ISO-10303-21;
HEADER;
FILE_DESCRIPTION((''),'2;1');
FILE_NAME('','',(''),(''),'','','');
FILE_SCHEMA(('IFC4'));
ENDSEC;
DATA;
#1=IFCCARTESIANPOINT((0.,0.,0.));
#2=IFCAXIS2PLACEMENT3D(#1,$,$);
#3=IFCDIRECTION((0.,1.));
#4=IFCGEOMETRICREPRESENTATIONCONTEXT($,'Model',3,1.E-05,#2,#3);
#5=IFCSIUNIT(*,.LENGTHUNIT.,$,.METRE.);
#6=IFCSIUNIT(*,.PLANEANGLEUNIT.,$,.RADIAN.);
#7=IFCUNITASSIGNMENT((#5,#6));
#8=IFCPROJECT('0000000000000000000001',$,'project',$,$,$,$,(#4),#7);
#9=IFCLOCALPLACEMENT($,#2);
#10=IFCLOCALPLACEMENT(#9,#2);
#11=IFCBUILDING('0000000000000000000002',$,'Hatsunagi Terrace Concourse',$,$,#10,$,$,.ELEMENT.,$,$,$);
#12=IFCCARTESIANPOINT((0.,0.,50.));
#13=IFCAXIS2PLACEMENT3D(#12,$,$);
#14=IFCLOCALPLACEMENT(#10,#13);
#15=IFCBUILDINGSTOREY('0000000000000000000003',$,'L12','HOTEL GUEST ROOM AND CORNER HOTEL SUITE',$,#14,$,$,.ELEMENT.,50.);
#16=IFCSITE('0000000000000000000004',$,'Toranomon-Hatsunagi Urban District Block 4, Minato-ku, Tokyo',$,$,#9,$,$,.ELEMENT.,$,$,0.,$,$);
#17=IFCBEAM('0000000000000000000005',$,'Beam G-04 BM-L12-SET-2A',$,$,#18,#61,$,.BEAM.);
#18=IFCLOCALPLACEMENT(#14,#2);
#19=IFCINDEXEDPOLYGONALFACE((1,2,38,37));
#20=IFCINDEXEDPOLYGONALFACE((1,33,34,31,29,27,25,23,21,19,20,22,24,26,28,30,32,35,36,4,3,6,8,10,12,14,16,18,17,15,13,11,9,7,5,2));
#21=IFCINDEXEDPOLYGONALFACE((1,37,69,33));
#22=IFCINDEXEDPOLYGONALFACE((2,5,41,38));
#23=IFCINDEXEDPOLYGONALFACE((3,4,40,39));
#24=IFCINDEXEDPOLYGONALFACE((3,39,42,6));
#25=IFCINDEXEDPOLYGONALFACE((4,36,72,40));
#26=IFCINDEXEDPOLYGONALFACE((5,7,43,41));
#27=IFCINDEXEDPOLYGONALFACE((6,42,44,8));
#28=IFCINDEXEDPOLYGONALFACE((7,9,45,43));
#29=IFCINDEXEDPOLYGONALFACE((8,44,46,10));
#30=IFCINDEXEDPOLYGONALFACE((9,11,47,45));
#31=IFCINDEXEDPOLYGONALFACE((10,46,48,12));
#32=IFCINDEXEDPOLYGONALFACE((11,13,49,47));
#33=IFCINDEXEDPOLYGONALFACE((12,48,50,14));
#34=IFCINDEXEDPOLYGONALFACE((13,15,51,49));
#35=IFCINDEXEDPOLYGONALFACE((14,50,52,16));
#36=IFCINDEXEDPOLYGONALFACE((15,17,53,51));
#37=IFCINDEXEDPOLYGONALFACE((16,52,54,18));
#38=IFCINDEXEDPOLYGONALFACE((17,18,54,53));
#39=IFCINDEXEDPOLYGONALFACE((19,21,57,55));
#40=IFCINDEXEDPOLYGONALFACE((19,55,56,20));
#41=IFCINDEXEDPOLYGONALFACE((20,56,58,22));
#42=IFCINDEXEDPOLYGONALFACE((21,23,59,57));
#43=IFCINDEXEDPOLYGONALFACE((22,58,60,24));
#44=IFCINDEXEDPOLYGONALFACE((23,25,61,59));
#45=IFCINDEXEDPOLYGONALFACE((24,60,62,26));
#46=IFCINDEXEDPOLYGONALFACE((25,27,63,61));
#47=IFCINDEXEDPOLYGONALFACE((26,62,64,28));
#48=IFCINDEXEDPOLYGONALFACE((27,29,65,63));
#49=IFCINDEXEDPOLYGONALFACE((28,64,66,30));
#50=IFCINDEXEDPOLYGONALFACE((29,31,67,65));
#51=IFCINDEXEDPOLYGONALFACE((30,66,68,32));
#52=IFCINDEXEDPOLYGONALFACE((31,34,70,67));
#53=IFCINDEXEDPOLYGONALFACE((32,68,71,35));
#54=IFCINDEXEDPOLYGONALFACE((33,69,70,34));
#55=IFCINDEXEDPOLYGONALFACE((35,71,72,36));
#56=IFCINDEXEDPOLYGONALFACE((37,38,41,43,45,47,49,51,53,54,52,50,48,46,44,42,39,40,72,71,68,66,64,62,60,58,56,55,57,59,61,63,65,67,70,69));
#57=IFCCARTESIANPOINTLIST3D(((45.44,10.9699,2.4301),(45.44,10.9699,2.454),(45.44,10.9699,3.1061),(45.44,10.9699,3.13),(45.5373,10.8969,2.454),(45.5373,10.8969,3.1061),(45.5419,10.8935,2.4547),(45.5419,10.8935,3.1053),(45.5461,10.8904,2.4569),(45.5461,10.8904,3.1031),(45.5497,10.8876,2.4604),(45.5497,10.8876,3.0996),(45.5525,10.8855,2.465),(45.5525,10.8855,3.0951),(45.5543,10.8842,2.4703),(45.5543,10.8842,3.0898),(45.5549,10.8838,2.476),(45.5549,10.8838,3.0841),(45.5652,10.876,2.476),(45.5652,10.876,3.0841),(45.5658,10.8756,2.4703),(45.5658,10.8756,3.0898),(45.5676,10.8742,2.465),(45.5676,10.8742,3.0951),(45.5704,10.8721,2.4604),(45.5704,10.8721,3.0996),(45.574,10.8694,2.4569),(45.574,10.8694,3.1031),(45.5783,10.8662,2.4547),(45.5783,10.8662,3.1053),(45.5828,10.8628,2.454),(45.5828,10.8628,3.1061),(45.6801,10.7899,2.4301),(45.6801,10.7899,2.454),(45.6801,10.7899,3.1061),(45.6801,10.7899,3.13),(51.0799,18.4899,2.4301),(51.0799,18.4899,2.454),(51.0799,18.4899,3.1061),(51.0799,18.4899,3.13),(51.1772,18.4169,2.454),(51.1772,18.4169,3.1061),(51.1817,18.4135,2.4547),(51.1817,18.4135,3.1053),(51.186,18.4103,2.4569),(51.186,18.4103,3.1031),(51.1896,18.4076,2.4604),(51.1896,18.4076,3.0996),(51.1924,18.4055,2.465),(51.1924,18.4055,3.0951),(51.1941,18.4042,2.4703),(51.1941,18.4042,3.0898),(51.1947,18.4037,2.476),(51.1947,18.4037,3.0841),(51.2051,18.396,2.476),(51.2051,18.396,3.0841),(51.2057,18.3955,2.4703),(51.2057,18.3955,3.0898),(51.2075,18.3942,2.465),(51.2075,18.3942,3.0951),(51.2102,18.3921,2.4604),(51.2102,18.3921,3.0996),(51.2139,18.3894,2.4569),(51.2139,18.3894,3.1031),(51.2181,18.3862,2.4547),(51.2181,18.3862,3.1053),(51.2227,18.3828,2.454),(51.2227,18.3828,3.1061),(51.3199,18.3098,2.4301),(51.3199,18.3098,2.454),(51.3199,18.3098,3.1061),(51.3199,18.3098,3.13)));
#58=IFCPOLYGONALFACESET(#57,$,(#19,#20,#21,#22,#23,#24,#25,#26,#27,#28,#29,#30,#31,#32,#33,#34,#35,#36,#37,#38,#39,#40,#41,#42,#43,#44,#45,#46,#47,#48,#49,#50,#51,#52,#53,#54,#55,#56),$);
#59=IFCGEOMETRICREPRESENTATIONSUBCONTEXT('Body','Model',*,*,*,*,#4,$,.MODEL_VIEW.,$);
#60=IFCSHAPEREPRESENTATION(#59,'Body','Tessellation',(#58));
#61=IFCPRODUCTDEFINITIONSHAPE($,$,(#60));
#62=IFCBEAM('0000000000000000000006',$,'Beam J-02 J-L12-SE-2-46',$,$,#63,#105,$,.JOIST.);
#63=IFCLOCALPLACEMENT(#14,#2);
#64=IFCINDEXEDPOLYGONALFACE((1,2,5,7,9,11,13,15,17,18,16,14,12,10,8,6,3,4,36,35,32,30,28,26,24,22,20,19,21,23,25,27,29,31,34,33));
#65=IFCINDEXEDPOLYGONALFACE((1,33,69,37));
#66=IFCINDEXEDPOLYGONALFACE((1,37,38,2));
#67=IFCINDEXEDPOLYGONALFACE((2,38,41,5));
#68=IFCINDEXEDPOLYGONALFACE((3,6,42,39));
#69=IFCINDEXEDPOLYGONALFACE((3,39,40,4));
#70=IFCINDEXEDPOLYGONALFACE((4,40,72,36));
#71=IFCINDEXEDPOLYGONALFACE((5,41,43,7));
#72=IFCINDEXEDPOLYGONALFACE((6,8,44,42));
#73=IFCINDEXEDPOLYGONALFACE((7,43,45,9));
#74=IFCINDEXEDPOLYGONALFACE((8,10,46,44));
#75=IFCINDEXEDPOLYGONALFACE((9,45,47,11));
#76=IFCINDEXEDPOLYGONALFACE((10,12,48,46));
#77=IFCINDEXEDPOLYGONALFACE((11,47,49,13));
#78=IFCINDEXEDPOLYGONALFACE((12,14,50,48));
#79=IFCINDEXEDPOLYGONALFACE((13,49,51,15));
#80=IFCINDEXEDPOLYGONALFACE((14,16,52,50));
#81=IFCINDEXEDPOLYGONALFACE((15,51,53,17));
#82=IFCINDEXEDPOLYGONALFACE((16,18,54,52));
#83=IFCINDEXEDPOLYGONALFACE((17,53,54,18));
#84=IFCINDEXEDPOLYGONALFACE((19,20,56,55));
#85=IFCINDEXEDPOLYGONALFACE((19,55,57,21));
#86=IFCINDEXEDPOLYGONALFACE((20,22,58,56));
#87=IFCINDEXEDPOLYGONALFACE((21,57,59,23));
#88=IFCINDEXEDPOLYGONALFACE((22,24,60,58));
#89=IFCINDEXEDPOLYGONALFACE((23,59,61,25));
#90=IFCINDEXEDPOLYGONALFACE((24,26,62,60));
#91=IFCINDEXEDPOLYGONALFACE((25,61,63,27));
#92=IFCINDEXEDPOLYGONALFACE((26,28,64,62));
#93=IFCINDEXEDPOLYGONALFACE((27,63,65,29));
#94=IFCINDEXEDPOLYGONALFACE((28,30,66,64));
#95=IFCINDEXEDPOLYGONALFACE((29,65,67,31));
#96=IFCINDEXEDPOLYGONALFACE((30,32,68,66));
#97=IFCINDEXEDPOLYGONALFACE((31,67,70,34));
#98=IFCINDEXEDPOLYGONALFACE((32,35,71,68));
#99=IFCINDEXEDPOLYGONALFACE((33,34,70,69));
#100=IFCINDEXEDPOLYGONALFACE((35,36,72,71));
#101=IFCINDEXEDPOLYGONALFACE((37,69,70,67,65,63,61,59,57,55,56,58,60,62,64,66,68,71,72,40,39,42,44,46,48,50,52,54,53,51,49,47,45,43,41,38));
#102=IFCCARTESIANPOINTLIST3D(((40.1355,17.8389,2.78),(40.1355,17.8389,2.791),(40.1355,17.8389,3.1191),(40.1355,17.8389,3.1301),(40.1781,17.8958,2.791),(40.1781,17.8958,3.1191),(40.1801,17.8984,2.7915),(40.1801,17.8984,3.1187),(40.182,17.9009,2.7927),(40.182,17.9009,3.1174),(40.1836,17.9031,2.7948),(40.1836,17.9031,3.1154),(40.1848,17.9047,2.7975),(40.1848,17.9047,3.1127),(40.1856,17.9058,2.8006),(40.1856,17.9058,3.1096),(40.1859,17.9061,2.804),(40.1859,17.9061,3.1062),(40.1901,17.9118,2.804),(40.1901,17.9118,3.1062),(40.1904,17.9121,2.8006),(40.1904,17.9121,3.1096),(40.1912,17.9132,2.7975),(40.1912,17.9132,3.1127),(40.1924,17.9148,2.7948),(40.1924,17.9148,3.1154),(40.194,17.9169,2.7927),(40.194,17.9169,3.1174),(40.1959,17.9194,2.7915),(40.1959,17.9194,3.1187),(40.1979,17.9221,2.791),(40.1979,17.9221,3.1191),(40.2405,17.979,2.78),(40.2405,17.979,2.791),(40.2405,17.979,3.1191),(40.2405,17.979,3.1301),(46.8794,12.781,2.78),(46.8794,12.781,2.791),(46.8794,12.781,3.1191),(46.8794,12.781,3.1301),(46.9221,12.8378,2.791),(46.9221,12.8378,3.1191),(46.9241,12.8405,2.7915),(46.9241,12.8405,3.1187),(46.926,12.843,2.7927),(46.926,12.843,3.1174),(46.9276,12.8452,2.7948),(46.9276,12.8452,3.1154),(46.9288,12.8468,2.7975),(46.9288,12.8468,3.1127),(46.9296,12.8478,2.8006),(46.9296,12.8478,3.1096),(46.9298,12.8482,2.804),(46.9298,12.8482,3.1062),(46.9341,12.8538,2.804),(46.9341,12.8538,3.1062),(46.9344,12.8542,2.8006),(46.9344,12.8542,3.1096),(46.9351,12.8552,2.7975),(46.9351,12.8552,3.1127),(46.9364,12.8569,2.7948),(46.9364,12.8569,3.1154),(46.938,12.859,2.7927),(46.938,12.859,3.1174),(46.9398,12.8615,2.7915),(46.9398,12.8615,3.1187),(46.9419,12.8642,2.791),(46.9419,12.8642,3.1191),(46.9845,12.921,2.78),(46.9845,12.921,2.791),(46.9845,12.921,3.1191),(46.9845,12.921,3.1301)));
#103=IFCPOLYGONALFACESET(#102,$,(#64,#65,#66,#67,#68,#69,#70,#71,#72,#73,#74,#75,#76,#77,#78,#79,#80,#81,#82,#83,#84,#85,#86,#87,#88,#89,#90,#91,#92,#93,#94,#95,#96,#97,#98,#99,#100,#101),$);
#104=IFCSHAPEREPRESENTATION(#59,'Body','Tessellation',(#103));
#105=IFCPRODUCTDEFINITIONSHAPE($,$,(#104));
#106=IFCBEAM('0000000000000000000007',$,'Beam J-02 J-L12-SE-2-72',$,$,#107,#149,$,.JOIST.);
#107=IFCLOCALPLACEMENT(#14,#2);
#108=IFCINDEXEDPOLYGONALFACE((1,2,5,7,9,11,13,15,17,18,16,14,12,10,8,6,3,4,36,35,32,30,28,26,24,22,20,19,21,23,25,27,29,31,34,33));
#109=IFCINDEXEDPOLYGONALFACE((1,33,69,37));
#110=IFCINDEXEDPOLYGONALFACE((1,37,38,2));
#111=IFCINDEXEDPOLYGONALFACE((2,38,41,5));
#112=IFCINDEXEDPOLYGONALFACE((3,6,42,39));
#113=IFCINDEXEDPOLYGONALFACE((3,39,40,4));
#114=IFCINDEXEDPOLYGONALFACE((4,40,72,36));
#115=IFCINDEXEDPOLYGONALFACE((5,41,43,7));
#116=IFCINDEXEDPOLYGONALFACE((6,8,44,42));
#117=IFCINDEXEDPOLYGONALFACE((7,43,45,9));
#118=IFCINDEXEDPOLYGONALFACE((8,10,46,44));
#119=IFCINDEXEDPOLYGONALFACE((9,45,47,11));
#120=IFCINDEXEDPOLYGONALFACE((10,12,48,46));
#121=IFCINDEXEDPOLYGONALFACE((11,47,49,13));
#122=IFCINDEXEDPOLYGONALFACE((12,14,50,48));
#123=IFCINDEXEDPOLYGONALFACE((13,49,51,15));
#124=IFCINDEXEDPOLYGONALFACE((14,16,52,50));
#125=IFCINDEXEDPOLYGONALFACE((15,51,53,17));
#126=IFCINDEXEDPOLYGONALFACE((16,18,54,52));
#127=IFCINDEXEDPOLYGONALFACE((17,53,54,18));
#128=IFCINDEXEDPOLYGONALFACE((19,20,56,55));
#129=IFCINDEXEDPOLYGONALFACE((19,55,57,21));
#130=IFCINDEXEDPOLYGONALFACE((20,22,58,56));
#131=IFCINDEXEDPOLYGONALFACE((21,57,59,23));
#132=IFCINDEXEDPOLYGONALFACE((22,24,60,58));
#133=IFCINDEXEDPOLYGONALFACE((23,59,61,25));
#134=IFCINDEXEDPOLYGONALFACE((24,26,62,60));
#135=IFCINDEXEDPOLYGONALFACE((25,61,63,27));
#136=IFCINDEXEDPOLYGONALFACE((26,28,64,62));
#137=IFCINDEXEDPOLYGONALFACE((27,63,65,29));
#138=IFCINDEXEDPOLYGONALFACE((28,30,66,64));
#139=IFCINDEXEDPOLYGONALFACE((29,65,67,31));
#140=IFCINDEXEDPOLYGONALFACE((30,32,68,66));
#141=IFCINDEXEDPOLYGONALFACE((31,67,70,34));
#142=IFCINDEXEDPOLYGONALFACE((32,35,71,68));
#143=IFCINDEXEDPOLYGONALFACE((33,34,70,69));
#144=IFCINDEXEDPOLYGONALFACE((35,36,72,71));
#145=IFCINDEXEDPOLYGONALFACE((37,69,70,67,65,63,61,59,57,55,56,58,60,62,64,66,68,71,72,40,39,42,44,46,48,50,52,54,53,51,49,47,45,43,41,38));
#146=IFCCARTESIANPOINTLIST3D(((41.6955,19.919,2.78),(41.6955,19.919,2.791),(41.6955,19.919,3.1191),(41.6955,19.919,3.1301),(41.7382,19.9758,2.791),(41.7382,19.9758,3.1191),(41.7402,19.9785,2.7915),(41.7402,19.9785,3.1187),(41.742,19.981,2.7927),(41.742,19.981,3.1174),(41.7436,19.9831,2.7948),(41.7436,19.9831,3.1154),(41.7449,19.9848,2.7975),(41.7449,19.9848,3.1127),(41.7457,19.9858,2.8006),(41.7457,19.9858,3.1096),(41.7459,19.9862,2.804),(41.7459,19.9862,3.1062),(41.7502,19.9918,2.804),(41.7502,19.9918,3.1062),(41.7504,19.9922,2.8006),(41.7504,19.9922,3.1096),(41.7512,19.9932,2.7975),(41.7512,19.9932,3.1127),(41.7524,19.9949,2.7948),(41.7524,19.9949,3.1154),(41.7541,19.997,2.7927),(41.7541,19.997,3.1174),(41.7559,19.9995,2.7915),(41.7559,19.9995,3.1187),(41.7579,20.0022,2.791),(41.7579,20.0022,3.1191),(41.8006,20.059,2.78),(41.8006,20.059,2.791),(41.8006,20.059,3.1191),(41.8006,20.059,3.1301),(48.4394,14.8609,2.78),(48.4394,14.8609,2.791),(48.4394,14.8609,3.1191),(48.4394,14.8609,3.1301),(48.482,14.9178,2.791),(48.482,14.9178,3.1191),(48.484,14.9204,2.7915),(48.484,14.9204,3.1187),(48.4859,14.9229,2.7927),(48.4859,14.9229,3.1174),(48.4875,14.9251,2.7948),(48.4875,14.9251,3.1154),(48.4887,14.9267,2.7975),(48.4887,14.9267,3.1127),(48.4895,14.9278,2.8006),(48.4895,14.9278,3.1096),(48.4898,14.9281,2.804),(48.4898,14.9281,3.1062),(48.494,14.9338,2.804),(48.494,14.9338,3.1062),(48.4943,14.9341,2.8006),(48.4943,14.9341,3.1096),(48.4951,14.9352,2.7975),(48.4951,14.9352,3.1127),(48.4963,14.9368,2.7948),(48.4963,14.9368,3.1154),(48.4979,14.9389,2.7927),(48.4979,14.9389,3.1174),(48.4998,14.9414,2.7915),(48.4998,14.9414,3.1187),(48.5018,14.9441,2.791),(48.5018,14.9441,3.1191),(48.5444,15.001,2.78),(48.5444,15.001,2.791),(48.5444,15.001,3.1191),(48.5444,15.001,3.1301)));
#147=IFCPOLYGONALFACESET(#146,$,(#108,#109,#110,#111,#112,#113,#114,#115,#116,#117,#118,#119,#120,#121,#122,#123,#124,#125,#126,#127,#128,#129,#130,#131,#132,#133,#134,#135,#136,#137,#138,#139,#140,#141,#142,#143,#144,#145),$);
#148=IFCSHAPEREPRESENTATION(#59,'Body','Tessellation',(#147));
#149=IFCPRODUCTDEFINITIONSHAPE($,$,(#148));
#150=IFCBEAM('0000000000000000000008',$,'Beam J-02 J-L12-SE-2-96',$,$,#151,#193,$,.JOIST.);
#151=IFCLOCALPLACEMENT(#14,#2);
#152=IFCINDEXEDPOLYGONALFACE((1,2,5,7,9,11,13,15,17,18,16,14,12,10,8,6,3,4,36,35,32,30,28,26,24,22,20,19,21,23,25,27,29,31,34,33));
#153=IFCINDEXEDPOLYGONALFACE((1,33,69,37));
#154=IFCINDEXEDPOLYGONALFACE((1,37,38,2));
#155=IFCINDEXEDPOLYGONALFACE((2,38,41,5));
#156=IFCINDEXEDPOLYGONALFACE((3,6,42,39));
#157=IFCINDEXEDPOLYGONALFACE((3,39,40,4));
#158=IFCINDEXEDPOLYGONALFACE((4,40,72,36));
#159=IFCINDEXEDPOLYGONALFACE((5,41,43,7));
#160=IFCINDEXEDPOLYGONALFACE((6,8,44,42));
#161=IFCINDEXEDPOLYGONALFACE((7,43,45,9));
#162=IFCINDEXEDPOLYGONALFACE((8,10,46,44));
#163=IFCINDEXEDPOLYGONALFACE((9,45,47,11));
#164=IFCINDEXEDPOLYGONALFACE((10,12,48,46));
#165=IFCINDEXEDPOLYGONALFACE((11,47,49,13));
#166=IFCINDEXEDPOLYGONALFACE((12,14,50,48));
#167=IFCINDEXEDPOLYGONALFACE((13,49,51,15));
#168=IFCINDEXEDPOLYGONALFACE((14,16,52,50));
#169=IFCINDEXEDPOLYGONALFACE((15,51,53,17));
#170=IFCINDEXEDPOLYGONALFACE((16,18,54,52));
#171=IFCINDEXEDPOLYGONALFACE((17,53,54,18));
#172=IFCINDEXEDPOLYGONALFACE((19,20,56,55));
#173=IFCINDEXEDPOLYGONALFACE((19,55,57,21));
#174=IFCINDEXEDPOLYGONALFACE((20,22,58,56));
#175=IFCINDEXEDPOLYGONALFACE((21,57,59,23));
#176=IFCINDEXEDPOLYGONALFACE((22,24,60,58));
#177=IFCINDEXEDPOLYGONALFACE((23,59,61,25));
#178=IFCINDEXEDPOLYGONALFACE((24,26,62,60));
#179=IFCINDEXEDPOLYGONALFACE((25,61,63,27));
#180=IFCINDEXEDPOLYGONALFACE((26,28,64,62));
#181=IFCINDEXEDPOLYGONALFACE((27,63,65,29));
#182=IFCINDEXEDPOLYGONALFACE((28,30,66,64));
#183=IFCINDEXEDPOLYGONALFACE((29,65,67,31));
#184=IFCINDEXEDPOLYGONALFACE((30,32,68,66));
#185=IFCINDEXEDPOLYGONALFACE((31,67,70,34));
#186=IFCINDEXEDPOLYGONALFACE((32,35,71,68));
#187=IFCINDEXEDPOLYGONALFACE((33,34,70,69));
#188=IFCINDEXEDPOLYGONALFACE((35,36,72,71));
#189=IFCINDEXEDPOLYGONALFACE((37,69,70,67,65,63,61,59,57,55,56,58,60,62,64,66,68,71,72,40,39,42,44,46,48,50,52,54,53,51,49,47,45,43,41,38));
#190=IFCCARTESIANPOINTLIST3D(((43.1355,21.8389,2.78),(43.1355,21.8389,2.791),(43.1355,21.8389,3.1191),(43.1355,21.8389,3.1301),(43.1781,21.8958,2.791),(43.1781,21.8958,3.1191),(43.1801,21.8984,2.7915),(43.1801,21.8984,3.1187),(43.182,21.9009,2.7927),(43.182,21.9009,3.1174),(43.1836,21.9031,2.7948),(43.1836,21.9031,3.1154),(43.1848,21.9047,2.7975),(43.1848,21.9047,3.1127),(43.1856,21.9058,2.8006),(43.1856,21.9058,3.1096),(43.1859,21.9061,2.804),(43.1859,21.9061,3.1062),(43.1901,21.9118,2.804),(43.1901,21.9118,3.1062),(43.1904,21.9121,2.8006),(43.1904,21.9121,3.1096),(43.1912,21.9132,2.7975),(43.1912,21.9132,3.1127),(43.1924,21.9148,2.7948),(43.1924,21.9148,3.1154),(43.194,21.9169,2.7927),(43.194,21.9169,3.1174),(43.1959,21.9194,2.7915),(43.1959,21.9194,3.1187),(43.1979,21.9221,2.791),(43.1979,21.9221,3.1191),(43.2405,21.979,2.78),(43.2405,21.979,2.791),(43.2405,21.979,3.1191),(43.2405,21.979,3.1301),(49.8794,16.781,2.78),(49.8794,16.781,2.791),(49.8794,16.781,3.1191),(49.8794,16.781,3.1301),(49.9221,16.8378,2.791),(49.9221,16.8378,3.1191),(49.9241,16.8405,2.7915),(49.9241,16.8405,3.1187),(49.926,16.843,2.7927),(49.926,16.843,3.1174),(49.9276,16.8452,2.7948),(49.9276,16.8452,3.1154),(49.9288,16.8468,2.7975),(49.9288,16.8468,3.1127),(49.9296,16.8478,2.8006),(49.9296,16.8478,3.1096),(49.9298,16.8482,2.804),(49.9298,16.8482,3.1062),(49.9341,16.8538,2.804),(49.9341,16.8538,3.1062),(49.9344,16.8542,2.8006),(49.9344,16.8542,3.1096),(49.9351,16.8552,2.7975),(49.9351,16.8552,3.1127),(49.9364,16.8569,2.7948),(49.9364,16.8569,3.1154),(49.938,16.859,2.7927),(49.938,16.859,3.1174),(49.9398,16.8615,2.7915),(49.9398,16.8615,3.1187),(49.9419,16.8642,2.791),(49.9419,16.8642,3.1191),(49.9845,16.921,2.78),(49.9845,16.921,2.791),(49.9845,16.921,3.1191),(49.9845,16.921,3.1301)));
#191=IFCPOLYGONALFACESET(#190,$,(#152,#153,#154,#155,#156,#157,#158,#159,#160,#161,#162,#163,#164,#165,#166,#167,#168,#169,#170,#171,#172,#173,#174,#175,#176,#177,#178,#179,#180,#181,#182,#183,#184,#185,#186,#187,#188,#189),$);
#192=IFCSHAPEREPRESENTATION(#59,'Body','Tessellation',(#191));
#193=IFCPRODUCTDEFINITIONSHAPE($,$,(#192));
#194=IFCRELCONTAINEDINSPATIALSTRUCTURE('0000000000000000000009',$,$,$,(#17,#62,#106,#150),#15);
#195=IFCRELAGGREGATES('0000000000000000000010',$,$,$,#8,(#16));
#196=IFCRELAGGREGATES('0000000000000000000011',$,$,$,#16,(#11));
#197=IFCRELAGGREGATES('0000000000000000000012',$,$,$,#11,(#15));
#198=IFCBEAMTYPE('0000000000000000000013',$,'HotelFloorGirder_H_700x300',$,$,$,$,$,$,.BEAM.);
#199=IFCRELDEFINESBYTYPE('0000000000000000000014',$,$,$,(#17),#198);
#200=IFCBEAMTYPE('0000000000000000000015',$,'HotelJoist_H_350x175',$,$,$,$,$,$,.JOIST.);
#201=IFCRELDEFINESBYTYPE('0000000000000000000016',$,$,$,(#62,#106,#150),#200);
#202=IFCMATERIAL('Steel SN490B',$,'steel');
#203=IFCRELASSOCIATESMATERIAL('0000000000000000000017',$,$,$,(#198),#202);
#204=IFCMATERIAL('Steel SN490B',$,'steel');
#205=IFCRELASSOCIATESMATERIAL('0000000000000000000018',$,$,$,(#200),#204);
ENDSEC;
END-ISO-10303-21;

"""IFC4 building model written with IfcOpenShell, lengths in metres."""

from ifc_helpers import new_model, si_unit, direction, frame, origin, origin_2d, place, context, subcontext, project, spatial, i_section, extrude, material, material_profile, profile_set, type_object, element, save


model = new_model("IFC4")

# Units and contexts
model_context = context("Model", 3, precision=1e-05, world=origin(), true_north=direction((0.0, 1.0)))
body_context = subcontext(model_context, "Body", "Model", "MODEL_VIEW")
ifc_project = project(units=[si_unit("LENGTHUNIT", "METRE"), si_unit("PLANEANGLEUNIT", "RADIAN")], contexts=[model_context])

# Site, building, storey
site_placement = place(None, origin())
site = spatial("IfcSite", under=ifc_project, at=site_placement, Name="Toranomon-Hatsunagi Urban District Block 4, Minato-ku, Tokyo", CompositionType="ELEMENT", RefElevation=0.0)
building_placement = place(site_placement, origin())
building = spatial("IfcBuilding", under=site, at=building_placement, Name="Hatsunagi Terrace Concourse", CompositionType="ELEMENT")
storey_placement = place(building_placement, frame((0.0, 0.0, 50.0)))
storey = spatial("IfcBuildingStorey", under=building, at=storey_placement, Name="L12", Description="HOTEL GUEST ROOM AND CORNER HOTEL SUITE", CompositionType="ELEMENT", Elevation=50.0)

# Beams
ifc_material_1 = material(Name="Steel SN490B", Category="steel")
ifc_material_profile_1 = material_profile(ifc_material_1, i_section(OverallWidth=0.3, OverallDepth=0.7, WebThickness=0.0129, FlangeThickness=0.0239, FilletRadius=0.022, at=origin_2d()), Name="H-700x300x13x24")
ifc_profile_set_1 = profile_set([ifc_material_profile_1], Name="Steel SN490B")
beam_type_1 = type_object("IfcBeamType", Name="HotelFloorGirder_H_700x300", PredefinedType="BEAM", material=ifc_profile_set_1)
beam_1_placement = place(storey_placement, frame((45.5601, 10.8799, 2.78), z_axis=(0.599992, 0.800006, 0.0), x_axis=(-0.800006, 0.599992, 0.0)))
element("IfcBeam", 1, at=beam_1_placement, inside=storey, type_object=beam_type_1, Name="Beam G-04 BM-L12-SET-2A", PredefinedType="BEAM", context=body_context, shape_type="SweptSolid", body=[
    extrude(i_section(OverallWidth=0.3, OverallDepth=0.7, WebThickness=0.0129, FlangeThickness=0.0239, FilletRadius=0.022, at=origin_2d()), origin(), (0.0, 0.0, 1.0), 9.3999),
])
ifc_material_2 = material(Name="Steel SN490B", Category="steel")
ifc_material_profile_2 = material_profile(ifc_material_2, i_section(OverallWidth=0.175, OverallDepth=0.3501, WebThickness=0.0071, FlangeThickness=0.011, FilletRadius=0.0129, at=origin_2d()), Name="H-350x175x7x11")
ifc_profile_set_2 = profile_set([ifc_material_profile_2], Name="Steel SN490B")
beam_type_2 = type_object("IfcBeamType", Name="HotelJoist_H_350x175", PredefinedType="JOIST", material=ifc_profile_set_2)
for number, where, z_axis, x_axis, name in (
    (2, (40.188, 17.9089, 2.9551), (0.800003, -0.599995, 0.0), (0.599995, 0.800003, 0.0), "Beam J-02 J-L12-SE-2-46"),
    (3, (41.748, 19.989, 2.9551), (0.79999, -0.600014, 0.0), (0.600014, 0.79999, 0.0), "Beam J-02 J-L12-SE-2-72"),
    (4, (43.188, 21.9089, 2.9551), (0.800003, -0.599995, 0.0), (0.599995, 0.800003, 0.0), "Beam J-02 J-L12-SE-2-96"),
):
    element("IfcBeam", number, at=place(storey_placement, frame(where, z_axis=z_axis, x_axis=x_axis)), inside=storey, type_object=beam_type_2, Name=name, PredefinedType="JOIST", context=body_context, shape_type="SweptSolid", body=[
        extrude(i_section(OverallWidth=0.175, OverallDepth=0.3501, WebThickness=0.0071, FlangeThickness=0.011, FilletRadius=0.0129, at=origin_2d()), origin(), (0.0, 0.0, 1.0), 8.4299),
    ])

save(model, "model.ifc")
